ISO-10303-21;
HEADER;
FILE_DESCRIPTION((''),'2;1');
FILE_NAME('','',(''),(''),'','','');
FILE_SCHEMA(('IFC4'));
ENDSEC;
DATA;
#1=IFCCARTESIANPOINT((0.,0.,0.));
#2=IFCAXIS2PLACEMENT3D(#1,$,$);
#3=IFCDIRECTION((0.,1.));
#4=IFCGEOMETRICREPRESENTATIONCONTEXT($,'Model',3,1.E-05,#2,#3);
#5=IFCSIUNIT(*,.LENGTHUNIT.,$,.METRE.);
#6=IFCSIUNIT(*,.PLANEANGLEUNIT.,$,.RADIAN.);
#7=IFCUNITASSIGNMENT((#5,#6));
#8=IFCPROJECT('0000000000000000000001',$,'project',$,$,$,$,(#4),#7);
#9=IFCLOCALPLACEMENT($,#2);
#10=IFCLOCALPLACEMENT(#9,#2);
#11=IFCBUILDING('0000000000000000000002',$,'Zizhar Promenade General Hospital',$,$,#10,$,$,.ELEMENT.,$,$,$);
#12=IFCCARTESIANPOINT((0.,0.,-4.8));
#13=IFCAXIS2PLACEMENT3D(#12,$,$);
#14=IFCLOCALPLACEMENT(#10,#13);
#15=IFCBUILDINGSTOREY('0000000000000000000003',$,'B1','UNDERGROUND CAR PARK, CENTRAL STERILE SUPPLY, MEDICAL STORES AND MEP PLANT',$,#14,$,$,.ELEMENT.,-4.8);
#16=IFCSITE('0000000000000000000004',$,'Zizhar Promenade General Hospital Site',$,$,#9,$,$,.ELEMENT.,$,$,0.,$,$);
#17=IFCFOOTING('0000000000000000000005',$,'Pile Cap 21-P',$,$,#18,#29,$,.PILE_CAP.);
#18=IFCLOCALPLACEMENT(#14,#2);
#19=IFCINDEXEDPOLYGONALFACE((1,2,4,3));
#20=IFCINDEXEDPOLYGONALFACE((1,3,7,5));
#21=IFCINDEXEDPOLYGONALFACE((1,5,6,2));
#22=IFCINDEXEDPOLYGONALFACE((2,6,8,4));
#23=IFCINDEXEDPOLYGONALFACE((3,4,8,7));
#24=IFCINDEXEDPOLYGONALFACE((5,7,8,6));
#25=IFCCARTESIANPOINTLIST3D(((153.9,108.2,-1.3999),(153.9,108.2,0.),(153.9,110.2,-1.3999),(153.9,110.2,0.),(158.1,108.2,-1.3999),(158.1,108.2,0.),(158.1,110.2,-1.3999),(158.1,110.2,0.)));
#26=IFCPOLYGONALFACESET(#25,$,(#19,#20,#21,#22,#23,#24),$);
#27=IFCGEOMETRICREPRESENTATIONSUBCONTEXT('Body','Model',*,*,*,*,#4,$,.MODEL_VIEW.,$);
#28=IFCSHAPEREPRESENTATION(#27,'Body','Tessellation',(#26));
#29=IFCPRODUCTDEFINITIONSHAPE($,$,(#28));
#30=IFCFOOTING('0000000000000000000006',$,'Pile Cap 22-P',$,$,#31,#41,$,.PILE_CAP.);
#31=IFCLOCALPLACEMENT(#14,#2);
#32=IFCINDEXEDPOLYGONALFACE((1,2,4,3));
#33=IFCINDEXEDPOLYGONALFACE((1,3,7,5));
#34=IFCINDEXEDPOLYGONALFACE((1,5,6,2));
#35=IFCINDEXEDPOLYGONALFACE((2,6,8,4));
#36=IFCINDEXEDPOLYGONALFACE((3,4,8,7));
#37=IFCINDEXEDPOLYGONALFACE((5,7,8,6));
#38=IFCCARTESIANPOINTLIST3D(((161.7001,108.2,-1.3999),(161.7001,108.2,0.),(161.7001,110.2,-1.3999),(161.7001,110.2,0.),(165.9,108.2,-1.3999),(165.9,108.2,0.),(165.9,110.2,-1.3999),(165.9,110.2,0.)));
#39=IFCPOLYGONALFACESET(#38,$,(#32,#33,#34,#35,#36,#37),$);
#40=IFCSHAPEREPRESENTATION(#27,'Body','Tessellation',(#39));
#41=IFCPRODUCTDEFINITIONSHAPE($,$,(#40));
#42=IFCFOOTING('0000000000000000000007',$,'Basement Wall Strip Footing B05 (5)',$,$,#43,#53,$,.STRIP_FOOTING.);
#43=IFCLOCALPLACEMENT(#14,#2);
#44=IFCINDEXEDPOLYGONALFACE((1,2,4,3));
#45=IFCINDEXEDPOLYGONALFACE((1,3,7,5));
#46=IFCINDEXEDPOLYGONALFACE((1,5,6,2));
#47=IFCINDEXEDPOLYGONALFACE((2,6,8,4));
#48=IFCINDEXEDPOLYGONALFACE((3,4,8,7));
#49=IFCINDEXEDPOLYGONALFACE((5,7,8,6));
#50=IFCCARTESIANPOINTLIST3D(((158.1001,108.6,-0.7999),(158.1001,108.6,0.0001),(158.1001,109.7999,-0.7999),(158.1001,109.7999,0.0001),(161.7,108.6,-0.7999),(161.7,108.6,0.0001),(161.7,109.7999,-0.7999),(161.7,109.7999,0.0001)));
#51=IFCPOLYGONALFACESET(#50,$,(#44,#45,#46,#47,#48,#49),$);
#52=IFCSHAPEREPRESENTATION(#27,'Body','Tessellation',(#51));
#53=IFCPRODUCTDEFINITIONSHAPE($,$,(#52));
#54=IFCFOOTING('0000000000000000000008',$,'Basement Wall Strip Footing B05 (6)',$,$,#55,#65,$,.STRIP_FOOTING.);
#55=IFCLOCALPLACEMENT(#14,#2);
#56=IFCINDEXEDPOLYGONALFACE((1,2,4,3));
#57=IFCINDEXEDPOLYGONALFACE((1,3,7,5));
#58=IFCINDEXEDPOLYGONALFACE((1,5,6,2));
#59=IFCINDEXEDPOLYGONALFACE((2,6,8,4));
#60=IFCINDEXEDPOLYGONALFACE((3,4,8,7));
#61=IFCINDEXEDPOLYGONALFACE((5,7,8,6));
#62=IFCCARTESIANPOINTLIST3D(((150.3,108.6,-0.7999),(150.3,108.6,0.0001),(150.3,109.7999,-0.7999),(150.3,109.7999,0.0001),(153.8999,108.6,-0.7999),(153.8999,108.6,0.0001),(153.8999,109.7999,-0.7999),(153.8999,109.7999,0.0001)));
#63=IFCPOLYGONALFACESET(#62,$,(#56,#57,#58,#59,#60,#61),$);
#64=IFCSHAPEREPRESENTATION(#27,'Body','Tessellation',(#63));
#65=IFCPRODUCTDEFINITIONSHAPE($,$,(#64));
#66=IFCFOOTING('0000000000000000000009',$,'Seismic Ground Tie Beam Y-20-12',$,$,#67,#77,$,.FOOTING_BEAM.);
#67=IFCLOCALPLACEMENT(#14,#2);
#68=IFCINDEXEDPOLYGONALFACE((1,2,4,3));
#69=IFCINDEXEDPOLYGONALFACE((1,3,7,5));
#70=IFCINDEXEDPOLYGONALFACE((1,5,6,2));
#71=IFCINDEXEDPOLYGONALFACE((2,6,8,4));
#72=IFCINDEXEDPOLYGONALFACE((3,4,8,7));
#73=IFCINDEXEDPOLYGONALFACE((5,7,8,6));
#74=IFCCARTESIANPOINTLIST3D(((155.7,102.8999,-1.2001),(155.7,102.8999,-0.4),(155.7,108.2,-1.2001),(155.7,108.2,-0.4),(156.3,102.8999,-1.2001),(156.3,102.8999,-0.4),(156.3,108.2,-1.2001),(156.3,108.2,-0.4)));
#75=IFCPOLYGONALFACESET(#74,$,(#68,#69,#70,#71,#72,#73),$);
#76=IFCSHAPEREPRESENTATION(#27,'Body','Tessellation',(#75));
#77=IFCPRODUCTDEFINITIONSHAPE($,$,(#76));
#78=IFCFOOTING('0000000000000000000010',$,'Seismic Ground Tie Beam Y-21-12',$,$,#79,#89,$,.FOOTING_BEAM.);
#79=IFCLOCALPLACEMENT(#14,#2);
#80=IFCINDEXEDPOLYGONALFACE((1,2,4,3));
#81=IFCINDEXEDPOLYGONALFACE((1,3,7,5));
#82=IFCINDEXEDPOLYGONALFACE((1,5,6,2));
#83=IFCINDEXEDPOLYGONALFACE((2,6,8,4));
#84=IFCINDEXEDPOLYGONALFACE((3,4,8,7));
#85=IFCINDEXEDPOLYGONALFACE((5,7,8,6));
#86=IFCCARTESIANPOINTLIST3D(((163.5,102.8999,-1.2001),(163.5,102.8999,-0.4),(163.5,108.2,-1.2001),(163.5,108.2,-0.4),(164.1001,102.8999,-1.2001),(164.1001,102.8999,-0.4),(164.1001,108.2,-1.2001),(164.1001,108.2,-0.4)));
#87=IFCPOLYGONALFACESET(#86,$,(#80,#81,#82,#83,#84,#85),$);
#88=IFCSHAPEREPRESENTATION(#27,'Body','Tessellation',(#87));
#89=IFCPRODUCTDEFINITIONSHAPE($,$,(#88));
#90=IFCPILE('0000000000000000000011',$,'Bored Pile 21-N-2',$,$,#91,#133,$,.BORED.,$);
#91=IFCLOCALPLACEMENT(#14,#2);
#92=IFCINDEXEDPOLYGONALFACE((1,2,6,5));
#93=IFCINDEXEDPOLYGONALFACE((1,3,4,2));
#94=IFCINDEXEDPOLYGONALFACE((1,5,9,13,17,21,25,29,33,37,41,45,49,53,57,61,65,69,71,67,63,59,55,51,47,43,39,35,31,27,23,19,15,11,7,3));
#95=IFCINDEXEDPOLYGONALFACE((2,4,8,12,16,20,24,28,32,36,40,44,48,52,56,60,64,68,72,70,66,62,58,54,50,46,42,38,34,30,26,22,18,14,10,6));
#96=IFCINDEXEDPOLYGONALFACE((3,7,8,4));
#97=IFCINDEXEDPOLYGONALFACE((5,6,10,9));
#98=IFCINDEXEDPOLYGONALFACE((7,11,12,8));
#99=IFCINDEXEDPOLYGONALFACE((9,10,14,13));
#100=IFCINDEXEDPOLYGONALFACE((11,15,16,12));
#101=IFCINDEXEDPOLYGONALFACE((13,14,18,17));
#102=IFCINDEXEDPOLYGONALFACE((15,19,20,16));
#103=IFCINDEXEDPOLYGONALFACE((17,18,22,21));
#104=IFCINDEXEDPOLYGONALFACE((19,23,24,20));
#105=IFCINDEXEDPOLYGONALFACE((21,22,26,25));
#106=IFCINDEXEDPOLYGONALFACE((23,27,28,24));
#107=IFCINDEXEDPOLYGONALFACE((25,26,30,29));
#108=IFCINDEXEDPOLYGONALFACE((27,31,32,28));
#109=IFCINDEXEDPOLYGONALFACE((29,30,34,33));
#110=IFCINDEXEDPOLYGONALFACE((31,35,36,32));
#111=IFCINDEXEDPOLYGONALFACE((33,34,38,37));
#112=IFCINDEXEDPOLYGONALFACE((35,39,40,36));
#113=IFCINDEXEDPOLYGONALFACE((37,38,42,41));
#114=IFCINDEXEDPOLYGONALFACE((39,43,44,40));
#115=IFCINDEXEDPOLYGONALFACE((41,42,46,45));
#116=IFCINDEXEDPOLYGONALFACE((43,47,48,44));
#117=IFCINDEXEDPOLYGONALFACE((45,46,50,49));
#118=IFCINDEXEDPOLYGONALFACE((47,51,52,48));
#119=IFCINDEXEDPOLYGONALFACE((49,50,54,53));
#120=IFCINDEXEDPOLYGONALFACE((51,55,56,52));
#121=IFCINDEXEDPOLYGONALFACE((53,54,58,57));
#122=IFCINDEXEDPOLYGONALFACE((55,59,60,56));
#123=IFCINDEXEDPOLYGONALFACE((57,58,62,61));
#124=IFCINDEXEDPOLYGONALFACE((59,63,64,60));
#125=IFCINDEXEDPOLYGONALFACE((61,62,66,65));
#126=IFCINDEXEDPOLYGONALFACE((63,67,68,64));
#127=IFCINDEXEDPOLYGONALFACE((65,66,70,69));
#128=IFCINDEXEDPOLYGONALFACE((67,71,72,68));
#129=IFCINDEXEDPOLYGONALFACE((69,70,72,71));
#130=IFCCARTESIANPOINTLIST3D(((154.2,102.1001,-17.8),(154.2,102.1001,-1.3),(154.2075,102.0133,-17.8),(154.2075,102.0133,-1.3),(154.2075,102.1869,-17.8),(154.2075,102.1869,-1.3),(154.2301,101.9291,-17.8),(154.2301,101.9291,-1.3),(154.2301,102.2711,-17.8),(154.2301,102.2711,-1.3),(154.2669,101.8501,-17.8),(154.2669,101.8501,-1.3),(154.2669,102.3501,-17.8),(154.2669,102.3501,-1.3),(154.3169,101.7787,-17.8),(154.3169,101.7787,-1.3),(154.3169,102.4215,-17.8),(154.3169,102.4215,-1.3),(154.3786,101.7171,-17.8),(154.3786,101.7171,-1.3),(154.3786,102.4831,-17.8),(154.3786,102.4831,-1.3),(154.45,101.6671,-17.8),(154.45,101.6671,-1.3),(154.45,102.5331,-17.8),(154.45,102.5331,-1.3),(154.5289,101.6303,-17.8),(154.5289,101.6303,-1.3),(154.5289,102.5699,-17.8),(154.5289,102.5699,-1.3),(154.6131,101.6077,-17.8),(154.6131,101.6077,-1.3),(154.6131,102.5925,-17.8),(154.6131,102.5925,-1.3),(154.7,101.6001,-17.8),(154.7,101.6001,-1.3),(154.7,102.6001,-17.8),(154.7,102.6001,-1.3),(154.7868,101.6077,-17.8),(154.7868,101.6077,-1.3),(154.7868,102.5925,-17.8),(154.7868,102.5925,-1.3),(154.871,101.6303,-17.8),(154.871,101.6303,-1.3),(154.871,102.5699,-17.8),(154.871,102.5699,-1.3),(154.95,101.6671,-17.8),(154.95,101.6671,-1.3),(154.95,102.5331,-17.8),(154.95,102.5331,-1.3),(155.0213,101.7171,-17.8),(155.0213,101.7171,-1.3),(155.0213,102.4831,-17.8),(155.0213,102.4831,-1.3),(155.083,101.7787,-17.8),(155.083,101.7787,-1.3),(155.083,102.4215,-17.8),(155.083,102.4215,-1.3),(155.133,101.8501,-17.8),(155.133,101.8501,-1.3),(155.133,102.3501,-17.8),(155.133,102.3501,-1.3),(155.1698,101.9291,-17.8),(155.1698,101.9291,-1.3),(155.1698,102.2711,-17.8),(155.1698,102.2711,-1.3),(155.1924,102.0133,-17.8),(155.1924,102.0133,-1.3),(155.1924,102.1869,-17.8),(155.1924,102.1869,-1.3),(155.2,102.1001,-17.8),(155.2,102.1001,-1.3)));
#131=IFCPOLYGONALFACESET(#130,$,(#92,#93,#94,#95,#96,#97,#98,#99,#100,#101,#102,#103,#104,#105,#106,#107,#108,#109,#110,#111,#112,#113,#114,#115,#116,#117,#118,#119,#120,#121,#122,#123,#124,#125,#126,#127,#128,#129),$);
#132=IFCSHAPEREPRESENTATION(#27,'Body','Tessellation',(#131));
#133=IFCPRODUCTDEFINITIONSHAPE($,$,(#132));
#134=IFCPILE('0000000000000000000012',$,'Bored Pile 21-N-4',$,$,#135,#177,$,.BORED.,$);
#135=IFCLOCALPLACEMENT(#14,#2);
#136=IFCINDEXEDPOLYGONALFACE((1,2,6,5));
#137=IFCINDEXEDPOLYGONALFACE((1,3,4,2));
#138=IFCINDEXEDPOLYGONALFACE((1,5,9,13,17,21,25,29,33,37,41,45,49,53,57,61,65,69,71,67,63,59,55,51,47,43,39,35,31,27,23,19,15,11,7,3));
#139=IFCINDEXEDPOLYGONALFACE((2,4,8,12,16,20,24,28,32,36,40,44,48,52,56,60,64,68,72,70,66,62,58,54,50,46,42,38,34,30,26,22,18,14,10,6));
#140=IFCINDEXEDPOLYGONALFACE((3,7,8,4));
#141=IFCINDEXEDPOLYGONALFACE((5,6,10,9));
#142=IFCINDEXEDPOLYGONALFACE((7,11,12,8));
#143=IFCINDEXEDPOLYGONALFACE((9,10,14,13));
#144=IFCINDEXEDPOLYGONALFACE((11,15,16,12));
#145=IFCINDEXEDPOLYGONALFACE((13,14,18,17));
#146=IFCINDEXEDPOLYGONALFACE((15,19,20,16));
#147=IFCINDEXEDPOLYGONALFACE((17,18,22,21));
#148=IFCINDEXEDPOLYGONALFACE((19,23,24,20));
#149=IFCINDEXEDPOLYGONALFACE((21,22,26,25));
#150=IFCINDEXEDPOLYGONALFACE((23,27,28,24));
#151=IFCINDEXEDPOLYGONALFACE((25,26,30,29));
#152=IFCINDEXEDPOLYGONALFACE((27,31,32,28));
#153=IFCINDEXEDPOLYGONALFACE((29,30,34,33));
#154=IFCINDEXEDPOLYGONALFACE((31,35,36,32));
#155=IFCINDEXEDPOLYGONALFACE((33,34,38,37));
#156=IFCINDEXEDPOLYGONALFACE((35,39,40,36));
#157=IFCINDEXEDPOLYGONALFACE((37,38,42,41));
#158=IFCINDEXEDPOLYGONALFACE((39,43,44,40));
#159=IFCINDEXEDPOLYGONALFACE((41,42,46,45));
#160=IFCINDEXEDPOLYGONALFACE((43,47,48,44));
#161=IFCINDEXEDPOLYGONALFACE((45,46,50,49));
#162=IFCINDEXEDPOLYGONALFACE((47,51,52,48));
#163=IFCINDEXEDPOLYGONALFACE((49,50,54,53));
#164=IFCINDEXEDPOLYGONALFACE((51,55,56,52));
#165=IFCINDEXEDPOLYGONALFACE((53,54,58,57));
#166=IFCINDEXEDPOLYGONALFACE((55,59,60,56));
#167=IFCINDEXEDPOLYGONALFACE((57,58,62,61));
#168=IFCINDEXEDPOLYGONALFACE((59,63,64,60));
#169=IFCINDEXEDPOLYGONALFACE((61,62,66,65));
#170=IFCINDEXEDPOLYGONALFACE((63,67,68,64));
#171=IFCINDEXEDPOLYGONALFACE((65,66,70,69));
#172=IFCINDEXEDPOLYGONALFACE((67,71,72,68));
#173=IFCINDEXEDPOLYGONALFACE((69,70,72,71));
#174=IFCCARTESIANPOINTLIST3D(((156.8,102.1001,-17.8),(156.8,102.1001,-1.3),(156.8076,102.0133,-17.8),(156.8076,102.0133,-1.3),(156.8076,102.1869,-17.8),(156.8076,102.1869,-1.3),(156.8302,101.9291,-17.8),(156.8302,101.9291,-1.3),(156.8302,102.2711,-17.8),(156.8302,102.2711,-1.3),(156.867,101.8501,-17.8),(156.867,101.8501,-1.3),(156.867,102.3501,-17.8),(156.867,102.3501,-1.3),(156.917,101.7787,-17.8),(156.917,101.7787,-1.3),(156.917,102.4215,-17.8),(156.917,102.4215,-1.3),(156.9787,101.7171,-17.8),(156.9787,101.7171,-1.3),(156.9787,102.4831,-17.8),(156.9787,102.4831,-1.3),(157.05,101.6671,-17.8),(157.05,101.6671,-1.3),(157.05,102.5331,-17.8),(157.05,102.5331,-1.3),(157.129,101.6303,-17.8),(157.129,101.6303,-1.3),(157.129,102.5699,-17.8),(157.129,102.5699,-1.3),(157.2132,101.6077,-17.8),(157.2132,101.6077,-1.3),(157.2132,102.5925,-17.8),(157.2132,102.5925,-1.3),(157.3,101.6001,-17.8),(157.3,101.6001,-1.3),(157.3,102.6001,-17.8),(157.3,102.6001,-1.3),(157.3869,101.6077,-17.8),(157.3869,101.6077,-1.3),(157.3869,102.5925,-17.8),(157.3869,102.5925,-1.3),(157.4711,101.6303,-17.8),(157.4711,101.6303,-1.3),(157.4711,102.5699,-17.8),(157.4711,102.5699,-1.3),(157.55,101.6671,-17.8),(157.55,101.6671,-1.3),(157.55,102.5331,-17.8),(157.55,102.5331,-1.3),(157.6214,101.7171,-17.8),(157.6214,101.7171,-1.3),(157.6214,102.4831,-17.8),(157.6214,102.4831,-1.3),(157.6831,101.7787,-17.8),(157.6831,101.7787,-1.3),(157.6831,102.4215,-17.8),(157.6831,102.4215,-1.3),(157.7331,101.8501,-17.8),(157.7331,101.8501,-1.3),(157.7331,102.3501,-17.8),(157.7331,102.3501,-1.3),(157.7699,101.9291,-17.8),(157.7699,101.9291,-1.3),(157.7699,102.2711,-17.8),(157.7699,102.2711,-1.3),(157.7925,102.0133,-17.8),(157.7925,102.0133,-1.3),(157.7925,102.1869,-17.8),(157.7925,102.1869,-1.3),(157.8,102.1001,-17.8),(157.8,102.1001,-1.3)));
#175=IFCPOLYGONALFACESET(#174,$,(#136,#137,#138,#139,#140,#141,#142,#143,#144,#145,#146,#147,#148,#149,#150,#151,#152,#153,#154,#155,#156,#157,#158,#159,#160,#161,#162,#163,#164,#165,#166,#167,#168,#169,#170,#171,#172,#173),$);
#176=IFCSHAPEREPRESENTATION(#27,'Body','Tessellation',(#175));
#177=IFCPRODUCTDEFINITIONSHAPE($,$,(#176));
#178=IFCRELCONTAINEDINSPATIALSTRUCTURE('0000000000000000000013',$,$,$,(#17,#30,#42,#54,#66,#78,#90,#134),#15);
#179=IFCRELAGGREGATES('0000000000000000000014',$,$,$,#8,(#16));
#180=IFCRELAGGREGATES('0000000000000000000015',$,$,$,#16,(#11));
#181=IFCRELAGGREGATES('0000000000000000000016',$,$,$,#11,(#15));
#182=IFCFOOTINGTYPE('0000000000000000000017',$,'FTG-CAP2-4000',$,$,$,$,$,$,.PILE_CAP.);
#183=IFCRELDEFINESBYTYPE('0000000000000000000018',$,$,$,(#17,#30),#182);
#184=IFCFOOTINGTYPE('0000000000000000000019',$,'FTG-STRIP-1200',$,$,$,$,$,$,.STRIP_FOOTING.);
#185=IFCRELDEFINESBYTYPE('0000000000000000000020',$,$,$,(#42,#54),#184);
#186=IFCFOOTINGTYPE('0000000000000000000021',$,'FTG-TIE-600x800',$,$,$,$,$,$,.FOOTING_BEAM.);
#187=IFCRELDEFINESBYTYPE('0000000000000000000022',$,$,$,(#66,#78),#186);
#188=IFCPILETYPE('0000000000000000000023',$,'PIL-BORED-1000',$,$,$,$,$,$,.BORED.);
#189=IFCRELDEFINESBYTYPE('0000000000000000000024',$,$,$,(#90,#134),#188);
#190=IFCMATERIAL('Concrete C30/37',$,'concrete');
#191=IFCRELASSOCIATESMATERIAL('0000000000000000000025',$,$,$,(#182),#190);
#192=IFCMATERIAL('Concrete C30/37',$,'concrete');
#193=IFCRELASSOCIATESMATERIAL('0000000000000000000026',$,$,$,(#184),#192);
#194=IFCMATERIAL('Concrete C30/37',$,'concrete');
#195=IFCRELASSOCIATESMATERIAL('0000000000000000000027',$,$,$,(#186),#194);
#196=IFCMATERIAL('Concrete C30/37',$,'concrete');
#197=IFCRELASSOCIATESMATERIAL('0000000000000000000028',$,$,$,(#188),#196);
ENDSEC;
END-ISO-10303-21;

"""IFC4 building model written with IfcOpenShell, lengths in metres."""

from ifc_helpers import new_model, si_unit, direction, frame, origin, origin_2d, place, context, subcontext, project, spatial, rectangle, circle, extrude, material, material_profile, profile_set, type_object, element, save


model = new_model("IFC4")

# Units and contexts
model_context = context("Model", 3, precision=1e-05, world=origin(), true_north=direction((0.0, 1.0)))
body_context = subcontext(model_context, "Body", "Model", "MODEL_VIEW")
ifc_project = project(units=[si_unit("LENGTHUNIT", "METRE"), si_unit("PLANEANGLEUNIT", "RADIAN")], contexts=[model_context])

# Site, building, storey
site_placement = place(None, origin())
site = spatial("IfcSite", under=ifc_project, at=site_placement, Name="Zizhar Promenade General Hospital Site", CompositionType="ELEMENT", RefElevation=0.0)
building_placement = place(site_placement, origin())
building = spatial("IfcBuilding", under=site, at=building_placement, Name="Zizhar Promenade General Hospital", CompositionType="ELEMENT")
storey_placement = place(building_placement, frame((0.0, 0.0, -4.8)))
storey = spatial("IfcBuildingStorey", under=building, at=storey_placement, Name="B1", Description="UNDERGROUND CAR PARK, CENTRAL STERILE SUPPLY, MEDICAL STORES AND MEP PLANT", CompositionType="ELEMENT", Elevation=-4.8)

# Footings
ifc_material_1 = material(Name="Concrete C30/37", Category="concrete")
footing_type_1 = type_object("IfcFootingType", Name="FTG-CAP2-4000", PredefinedType="PILE_CAP", material=ifc_material_1)
for number, where, z_axis, x_axis, name in (
    (1, (156.0, 109.2, -1.3999), (0.0, 0.0, 1.0), (1.0, 0.0, 0.0), "Pile Cap 21-P"),
    (2, (163.8, 109.2, -1.3999), (0.0, 0.0, 1.0), (1.0, 0.0, 0.0), "Pile Cap 22-P"),
):
    element("IfcFooting", number, at=place(storey_placement, frame(where, z_axis=z_axis, x_axis=x_axis)), inside=storey, type_object=footing_type_1, Name=name, PredefinedType="PILE_CAP", context=body_context, shape_type="SweptSolid", body=[
        extrude(rectangle(XDim=4.2, YDim=2.0, at=origin_2d()), origin(), (0.0, 0.0, 1.0), 1.3999),
    ])
ifc_material_2 = material(Name="Concrete C30/37", Category="concrete")
ifc_material_profile_1 = material_profile(ifc_material_2, rectangle(XDim=1.2, YDim=0.8, at=origin_2d()))
ifc_profile_set_1 = profile_set([ifc_material_profile_1], Name="Concrete C30/37")
footing_type_2 = type_object("IfcFootingType", Name="FTG-STRIP-1200", PredefinedType="STRIP_FOOTING", material=ifc_profile_set_1)
for number, where, z_axis, x_axis, name in (
    (3, (161.7, 109.2, -0.3999), (-1.0, 0.0, 0.0), (0.0, -1.0, 0.0), "Basement Wall Strip Footing B05 (5)"),
    (4, (153.8999, 109.2, -0.3999), (-1.0, 0.0, 0.0), (0.0, -1.0, 0.0), "Basement Wall Strip Footing B05 (6)"),
):
    element("IfcFooting", number, at=place(storey_placement, frame(where, z_axis=z_axis, x_axis=x_axis)), inside=storey, type_object=footing_type_2, Name=name, PredefinedType="STRIP_FOOTING", context=body_context, shape_type="SweptSolid", body=[
        extrude(rectangle(XDim=1.2, YDim=0.8, at=origin_2d()), origin(), (0.0, 0.0, 1.0), 3.5999),
    ])
ifc_material_3 = material(Name="Concrete C30/37", Category="concrete")
ifc_material_profile_2 = material_profile(ifc_material_3, rectangle(XDim=0.6001, YDim=0.8, at=origin_2d()))
ifc_profile_set_2 = profile_set([ifc_material_profile_2], Name="Concrete C30/37")
footing_type_3 = type_object("IfcFootingType", Name="FTG-TIE-600x800", PredefinedType="FOOTING_BEAM", material=ifc_profile_set_2)
for number, where, z_axis, x_axis, name in (
    (5, (156.0, 102.8999, -0.8), (0.0, 1.0, 0.0), (-1.0, 0.0, 0.0), "Seismic Ground Tie Beam Y-20-12"),
    (6, (163.8, 102.8999, -0.8), (0.0, 1.0, 0.0), (-1.0, 0.0, 0.0), "Seismic Ground Tie Beam Y-21-12"),
):
    element("IfcFooting", number, at=place(storey_placement, frame(where, z_axis=z_axis, x_axis=x_axis)), inside=storey, type_object=footing_type_3, Name=name, PredefinedType="FOOTING_BEAM", context=body_context, shape_type="SweptSolid", body=[
        extrude(rectangle(XDim=0.6001, YDim=0.8, at=origin_2d()), origin(), (0.0, 0.0, 1.0), 5.3),
    ])

# Piles
ifc_material_4 = material(Name="Concrete C30/37", Category="concrete")
ifc_material_profile_3 = material_profile(ifc_material_4, circle(Radius=0.5, at=origin_2d()))
ifc_profile_set_3 = profile_set([ifc_material_profile_3], Name="Concrete C30/37")
pile_type = type_object("IfcPileType", Name="PIL-BORED-1000", PredefinedType="BORED", material=ifc_profile_set_3)
for number, where, z_axis, x_axis, name in (
    (7, (154.7, 102.1001, -1.3), (0.0, 0.0, -1.0), (1.0, 0.0, 0.0), "Bored Pile 21-N-2"),
    (8, (157.3, 102.1001, -1.3), (0.0, 0.0, -1.0), (1.0, 0.0, 0.0), "Bored Pile 21-N-4"),
):
    element("IfcPile", number, at=place(storey_placement, frame(where, z_axis=z_axis, x_axis=x_axis)), inside=storey, type_object=pile_type, Name=name, PredefinedType="BORED", context=body_context, shape_type="SweptSolid", body=[
        extrude(circle(Radius=0.5, at=origin_2d()), origin(), (0.0, 0.0, 1.0), 16.5),
    ])

save(model, "model.ifc")
